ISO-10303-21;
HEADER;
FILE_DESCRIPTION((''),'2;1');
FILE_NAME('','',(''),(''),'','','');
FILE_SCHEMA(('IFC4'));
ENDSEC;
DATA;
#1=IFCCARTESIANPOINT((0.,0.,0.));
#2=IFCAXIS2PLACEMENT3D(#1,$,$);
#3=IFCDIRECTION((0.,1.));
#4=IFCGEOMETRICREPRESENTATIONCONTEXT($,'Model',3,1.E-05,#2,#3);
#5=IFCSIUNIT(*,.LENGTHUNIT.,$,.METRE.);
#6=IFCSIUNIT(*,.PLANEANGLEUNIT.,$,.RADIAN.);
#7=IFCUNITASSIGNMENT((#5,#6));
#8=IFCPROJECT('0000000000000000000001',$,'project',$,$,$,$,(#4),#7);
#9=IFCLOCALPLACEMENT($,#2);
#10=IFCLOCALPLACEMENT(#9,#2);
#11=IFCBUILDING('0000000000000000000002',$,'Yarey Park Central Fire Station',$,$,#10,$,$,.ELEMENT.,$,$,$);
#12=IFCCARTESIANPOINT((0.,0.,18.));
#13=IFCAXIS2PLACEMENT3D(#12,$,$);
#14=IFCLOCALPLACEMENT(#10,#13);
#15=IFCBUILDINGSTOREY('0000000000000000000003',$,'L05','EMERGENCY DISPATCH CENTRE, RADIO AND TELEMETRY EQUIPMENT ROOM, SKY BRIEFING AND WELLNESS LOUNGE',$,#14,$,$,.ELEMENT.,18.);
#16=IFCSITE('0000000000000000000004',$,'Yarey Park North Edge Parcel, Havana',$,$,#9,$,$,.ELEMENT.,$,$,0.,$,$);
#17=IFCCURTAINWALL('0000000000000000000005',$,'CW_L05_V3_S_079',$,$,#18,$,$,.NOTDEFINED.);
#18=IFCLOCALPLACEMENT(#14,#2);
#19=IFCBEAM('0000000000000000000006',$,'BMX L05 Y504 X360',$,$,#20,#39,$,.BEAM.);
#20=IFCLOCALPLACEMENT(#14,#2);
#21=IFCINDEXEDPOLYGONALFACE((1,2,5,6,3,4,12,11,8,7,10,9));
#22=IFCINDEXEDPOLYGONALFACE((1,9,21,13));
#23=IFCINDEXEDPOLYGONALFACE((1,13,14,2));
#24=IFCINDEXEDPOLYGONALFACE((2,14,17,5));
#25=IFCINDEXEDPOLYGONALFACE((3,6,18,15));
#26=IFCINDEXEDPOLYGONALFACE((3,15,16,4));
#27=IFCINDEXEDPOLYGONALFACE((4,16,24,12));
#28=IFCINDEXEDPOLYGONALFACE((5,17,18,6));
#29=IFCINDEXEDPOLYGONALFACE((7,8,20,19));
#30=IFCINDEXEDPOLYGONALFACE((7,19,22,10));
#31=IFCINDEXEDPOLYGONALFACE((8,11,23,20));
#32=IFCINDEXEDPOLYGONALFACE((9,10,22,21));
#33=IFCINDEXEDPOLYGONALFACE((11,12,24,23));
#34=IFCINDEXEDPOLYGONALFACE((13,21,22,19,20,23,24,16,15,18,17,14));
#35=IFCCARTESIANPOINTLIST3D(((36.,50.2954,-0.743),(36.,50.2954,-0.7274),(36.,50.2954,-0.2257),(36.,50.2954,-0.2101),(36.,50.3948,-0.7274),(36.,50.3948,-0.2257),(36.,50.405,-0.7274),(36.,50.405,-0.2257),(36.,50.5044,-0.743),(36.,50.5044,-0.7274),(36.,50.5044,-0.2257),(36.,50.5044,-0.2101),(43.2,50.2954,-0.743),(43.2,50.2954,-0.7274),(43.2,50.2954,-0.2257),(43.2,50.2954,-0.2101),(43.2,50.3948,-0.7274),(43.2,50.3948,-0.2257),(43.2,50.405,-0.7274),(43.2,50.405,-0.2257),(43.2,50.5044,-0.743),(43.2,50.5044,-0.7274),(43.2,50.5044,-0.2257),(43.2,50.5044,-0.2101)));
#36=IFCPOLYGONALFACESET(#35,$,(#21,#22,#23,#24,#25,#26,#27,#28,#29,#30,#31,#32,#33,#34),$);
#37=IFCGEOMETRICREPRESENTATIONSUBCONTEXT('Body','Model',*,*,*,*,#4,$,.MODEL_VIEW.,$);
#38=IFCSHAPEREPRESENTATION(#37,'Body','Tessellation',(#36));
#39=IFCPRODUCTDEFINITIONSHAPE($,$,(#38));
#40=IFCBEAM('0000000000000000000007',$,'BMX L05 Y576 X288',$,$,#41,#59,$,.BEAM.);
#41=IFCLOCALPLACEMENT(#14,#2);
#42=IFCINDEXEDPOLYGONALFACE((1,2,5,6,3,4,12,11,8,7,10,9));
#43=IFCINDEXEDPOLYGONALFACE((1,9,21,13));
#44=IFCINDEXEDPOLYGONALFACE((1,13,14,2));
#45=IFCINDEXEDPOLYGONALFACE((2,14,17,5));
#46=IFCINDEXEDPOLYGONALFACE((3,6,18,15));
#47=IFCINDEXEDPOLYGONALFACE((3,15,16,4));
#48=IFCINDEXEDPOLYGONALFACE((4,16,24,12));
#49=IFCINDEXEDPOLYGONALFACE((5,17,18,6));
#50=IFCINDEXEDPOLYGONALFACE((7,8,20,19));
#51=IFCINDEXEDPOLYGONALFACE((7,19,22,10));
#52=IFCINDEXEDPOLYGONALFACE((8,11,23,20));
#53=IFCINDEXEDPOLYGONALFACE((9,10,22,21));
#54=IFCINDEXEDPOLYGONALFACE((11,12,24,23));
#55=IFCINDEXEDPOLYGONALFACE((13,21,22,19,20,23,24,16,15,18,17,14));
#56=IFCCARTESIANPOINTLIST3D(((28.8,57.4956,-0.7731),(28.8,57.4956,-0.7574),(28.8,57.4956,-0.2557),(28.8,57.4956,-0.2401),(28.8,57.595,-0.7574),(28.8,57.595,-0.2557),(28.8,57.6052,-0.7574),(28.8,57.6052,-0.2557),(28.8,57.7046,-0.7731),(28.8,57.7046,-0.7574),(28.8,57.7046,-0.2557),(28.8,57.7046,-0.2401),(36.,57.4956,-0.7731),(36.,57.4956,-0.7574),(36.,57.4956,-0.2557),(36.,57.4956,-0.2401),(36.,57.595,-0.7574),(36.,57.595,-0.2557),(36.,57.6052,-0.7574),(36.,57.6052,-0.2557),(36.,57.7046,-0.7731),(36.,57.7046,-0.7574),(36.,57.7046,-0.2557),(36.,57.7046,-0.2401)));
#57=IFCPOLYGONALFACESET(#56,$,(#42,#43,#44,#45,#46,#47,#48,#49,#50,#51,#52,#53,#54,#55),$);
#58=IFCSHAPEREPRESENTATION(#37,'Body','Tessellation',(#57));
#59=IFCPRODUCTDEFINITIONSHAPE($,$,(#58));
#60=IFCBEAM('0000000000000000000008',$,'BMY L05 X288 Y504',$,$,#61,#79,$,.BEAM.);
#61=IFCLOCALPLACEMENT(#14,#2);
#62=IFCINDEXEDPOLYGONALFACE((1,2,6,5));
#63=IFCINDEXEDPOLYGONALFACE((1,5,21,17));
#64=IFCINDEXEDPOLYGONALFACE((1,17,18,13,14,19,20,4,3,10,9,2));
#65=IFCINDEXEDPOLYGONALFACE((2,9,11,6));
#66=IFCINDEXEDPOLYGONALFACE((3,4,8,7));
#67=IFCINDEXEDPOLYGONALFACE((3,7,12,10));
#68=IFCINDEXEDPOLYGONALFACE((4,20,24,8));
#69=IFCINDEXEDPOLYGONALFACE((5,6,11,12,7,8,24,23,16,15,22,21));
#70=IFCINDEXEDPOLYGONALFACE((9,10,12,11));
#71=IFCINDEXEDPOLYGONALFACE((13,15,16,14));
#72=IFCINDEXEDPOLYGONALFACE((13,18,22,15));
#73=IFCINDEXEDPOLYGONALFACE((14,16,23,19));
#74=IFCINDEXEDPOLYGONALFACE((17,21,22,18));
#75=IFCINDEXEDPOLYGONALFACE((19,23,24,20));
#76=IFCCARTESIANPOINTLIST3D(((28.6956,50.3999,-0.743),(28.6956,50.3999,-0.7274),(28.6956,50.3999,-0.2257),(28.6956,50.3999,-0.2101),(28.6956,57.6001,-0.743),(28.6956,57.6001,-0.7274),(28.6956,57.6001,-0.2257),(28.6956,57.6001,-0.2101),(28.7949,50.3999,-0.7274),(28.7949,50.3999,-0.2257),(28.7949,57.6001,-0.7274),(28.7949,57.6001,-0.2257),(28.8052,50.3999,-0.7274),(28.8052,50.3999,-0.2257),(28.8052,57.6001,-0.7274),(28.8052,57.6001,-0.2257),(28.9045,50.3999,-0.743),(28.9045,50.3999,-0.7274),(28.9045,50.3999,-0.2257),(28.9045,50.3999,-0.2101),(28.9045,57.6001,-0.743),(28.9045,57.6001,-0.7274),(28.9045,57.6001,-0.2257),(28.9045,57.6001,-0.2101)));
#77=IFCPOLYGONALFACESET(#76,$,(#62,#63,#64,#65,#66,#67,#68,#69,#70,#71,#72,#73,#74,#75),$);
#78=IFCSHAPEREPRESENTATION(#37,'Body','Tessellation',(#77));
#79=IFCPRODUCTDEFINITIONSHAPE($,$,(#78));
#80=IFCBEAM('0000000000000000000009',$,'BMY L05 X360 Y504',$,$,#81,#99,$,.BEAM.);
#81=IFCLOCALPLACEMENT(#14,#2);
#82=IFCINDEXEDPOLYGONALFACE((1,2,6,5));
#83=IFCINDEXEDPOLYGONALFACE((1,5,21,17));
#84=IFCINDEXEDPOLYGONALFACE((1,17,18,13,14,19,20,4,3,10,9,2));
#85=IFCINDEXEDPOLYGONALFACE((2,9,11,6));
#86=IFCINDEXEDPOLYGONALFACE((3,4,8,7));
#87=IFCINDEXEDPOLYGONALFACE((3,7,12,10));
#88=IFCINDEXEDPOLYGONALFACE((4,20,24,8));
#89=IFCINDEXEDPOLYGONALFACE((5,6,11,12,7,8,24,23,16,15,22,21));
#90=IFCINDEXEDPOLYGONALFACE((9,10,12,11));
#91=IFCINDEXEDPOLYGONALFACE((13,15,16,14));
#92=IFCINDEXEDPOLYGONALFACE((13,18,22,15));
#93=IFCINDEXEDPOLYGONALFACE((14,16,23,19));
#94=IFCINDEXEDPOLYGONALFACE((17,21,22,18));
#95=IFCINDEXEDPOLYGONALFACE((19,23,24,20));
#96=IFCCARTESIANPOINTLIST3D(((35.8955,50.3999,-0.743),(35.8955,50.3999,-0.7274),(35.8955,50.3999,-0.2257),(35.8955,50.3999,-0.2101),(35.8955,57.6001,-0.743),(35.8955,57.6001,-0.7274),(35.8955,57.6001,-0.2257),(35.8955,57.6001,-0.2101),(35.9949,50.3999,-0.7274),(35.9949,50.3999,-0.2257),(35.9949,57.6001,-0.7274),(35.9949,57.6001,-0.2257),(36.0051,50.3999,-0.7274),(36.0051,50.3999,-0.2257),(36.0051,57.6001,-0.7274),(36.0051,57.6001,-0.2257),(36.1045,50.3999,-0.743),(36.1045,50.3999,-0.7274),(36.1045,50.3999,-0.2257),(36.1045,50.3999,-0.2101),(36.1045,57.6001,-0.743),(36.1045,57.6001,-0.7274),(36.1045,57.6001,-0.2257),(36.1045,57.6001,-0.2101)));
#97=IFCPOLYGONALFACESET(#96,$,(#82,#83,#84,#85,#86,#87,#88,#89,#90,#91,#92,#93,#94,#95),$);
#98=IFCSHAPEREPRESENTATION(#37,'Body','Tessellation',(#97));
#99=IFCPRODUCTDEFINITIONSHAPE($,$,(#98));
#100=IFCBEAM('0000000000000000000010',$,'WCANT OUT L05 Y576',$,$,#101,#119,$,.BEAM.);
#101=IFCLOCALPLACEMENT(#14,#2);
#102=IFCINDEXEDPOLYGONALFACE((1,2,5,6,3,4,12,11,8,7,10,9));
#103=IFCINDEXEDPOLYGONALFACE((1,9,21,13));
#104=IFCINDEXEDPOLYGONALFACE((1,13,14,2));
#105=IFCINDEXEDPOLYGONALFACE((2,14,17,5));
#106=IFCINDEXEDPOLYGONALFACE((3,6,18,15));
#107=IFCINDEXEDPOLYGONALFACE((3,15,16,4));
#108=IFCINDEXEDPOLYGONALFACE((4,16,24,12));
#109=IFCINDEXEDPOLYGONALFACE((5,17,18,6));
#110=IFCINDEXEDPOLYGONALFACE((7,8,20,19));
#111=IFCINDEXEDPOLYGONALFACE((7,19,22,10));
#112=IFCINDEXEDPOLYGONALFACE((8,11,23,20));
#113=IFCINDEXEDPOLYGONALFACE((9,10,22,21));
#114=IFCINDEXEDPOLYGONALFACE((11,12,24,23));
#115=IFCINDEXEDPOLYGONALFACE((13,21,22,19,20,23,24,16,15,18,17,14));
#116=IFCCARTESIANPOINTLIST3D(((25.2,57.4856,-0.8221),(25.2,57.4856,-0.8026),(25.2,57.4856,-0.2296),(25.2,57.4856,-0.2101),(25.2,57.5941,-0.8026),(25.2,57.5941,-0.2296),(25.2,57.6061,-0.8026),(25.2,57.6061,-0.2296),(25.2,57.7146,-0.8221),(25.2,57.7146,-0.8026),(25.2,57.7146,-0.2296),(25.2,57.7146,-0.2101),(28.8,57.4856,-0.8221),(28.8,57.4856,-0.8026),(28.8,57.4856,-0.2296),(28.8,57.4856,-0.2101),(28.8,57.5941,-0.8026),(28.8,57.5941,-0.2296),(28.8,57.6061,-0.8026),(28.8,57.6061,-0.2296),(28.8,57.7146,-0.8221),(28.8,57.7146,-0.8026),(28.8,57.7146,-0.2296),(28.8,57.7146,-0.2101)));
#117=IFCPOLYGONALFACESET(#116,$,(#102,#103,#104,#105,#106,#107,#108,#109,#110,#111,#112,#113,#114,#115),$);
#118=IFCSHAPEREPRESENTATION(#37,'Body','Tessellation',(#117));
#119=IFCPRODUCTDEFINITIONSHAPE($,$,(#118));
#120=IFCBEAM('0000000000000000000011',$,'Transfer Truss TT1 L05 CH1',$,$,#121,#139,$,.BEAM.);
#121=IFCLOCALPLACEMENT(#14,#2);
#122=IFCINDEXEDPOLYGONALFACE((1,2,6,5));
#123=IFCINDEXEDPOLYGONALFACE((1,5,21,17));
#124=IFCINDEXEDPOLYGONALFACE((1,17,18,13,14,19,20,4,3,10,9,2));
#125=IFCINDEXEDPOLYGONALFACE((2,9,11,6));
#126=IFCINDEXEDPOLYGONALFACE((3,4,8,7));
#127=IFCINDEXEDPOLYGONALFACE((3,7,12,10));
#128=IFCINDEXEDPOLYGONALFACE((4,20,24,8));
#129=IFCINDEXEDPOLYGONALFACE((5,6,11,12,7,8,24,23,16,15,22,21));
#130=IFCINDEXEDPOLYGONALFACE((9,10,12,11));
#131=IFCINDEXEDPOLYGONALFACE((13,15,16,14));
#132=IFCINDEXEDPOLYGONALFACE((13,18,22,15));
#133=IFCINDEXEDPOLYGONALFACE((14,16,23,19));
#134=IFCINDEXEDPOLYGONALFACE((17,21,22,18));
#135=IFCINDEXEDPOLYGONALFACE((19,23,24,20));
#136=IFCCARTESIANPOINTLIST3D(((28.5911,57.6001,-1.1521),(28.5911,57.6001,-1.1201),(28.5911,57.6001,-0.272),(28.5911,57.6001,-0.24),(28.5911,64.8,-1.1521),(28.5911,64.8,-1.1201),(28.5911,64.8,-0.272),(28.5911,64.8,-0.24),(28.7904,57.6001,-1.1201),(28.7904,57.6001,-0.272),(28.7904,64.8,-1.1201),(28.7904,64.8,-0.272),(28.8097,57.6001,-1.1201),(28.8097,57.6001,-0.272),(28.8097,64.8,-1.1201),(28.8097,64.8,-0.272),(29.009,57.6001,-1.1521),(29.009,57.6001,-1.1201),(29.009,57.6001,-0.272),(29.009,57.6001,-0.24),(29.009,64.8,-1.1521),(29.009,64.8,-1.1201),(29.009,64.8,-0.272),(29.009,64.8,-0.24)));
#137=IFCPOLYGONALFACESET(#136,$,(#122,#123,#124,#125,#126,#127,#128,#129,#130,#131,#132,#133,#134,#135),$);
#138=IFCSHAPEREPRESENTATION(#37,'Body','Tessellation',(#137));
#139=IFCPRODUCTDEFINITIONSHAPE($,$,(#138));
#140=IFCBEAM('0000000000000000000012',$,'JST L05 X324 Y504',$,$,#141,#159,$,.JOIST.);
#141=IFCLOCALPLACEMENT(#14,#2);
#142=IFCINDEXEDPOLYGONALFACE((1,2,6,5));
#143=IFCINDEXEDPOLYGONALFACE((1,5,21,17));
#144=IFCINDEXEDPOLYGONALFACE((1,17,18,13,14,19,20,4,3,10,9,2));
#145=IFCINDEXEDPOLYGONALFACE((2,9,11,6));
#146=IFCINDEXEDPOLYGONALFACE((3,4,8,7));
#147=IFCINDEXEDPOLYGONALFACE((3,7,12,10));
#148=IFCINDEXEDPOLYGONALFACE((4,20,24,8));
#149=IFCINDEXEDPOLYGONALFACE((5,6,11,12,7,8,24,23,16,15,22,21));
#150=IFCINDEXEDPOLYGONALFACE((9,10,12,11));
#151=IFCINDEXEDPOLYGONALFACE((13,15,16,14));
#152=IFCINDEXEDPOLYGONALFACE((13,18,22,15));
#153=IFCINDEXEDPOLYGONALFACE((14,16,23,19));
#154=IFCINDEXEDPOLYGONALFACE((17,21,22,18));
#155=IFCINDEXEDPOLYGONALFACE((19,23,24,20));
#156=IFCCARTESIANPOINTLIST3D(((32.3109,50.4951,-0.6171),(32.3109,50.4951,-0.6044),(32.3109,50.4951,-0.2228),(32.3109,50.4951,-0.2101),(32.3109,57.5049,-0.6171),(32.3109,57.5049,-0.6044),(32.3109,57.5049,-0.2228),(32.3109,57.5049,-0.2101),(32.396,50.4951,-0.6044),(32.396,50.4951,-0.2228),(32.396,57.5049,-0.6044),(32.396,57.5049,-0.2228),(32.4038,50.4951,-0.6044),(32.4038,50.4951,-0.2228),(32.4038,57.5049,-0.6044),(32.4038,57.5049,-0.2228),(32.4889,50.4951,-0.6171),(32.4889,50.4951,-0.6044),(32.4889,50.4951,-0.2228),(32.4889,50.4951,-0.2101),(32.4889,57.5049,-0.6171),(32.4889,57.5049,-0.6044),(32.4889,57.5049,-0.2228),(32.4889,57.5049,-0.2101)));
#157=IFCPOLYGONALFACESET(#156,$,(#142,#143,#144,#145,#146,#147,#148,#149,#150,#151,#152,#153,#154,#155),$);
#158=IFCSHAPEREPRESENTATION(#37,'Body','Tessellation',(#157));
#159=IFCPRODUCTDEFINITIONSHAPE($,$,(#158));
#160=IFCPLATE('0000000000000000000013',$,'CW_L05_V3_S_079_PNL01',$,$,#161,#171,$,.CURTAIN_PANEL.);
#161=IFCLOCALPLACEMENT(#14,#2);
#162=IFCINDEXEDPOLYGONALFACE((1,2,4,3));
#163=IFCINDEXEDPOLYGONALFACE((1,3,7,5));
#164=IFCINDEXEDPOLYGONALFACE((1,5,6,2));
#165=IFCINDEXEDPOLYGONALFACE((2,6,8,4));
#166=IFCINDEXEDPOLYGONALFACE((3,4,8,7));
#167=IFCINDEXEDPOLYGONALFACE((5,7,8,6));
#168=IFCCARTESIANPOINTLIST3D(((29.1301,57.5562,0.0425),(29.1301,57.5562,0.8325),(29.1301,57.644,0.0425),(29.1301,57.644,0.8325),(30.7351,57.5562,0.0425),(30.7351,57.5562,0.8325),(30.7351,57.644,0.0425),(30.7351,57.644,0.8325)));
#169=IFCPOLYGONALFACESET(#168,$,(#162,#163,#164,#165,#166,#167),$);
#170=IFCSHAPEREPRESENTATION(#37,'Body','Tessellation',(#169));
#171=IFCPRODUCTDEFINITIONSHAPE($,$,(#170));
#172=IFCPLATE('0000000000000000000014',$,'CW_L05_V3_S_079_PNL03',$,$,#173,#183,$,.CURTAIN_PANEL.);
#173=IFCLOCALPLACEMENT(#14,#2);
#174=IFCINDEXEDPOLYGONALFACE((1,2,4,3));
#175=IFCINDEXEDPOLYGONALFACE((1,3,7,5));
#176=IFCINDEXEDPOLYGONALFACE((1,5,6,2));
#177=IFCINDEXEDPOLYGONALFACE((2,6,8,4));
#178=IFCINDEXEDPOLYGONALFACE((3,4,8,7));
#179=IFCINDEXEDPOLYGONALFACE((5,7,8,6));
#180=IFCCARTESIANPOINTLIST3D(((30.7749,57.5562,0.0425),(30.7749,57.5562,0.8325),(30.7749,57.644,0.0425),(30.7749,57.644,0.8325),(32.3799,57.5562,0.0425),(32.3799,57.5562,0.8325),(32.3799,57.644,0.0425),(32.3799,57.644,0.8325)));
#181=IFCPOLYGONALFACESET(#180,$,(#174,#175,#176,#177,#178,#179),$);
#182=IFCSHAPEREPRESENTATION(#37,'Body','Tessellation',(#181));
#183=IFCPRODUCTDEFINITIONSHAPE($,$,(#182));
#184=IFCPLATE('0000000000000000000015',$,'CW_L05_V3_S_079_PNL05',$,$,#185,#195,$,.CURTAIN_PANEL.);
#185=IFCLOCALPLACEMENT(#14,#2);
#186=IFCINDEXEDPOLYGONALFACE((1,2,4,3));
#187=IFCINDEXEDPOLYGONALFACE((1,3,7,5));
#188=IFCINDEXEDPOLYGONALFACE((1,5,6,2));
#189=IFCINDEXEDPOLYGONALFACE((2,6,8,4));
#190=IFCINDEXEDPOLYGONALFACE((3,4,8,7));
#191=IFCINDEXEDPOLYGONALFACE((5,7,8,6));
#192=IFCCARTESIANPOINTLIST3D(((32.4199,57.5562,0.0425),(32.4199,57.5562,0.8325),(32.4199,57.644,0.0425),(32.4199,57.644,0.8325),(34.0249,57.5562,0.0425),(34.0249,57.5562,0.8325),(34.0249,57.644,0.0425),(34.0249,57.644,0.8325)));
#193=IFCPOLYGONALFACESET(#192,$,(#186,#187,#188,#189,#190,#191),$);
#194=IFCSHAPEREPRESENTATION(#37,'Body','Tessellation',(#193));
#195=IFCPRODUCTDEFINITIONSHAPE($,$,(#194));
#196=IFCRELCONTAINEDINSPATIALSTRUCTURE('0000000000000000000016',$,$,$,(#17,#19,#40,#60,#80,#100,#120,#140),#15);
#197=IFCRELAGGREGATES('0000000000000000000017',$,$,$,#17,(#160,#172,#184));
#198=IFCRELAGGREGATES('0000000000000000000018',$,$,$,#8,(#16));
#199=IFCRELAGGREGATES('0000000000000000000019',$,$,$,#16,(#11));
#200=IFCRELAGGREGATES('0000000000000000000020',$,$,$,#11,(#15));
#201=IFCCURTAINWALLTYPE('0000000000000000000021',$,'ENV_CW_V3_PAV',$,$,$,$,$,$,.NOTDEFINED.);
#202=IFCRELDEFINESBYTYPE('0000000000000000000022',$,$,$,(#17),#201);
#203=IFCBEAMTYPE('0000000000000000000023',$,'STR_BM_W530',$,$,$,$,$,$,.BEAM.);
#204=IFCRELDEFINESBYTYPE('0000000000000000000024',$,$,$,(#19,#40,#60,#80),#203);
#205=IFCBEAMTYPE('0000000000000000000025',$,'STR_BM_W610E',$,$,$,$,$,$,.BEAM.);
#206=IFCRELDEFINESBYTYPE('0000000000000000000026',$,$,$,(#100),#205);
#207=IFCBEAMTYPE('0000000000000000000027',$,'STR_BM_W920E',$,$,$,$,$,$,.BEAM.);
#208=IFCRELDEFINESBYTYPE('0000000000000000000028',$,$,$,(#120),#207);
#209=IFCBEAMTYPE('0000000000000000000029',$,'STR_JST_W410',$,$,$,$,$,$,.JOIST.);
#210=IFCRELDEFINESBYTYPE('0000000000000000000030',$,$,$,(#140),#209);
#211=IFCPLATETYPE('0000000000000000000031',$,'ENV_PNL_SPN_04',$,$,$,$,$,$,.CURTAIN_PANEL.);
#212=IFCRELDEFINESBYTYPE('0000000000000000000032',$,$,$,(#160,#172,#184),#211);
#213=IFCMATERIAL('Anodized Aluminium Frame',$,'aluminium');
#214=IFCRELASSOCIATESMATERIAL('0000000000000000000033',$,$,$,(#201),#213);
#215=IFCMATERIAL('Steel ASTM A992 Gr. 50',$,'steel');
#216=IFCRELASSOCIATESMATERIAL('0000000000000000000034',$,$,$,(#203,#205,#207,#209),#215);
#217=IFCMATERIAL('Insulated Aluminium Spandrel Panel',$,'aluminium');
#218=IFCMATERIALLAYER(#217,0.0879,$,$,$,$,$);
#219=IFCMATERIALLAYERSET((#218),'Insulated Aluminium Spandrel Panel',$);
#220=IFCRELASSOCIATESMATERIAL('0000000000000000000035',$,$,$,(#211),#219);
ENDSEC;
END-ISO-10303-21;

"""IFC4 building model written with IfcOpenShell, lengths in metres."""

from ifc_helpers import new_model, si_unit, direction, frame, origin, origin_2d, place, context, subcontext, project, spatial, rectangle, i_section, extrude, material, layer, layer_set, material_profile, profile_set, type_object, element, aggregate, save


model = new_model("IFC4")

# Units and contexts
model_context = context("Model", 3, precision=1e-05, world=origin(), true_north=direction((0.0, 1.0)))
body_context = subcontext(model_context, "Body", "Model", "MODEL_VIEW")
ifc_project = project(units=[si_unit("LENGTHUNIT", "METRE"), si_unit("PLANEANGLEUNIT", "RADIAN")], contexts=[model_context])

# Site, building, storey
site_placement = place(None, origin())
site = spatial("IfcSite", under=ifc_project, at=site_placement, Name="Yarey Park North Edge Parcel, Havana", CompositionType="ELEMENT", RefElevation=0.0)
building_placement = place(site_placement, origin())
building = spatial("IfcBuilding", under=site, at=building_placement, Name="Yarey Park Central Fire Station", CompositionType="ELEMENT")
storey_placement = place(building_placement, frame((0.0, 0.0, 18.0)))
storey = spatial("IfcBuildingStorey", under=building, at=storey_placement, Name="L05", Description="EMERGENCY DISPATCH CENTRE, RADIO AND TELEMETRY EQUIPMENT ROOM, SKY BRIEFING AND WELLNESS LOUNGE", CompositionType="ELEMENT", Elevation=18.0)

# Shared definitions
ifc_material_1 = material(Name="Steel ASTM A992 Gr. 50", Category="steel")

# Curtain wall
ifc_material_2 = material(Name="Anodized Aluminium Frame", Category="aluminium")
curtain_wall_type = type_object("IfcCurtainWallType", Name="ENV_CW_V3_PAV", PredefinedType="NOTDEFINED", material=ifc_material_2)
curtain_wall_placement = place(storey_placement, origin())
curtain_wall = element("IfcCurtainWall", 1, at=curtain_wall_placement, inside=storey, type_object=curtain_wall_type, Name="CW_L05_V3_S_079", PredefinedType="NOTDEFINED")

# Beams
ifc_material_profile_1 = material_profile(ifc_material_1, i_section(OverallWidth=0.209, OverallDepth=0.533, WebThickness=0.0103, FlangeThickness=0.0156, at=origin_2d()), Name="W530x92")
ifc_profile_set_1 = profile_set([ifc_material_profile_1], Name="Steel ASTM A992 Gr. 50")
beam_type_1 = type_object("IfcBeamType", Name="STR_BM_W530", PredefinedType="BEAM", material=ifc_profile_set_1)
for number, where, z_axis, x_axis, name in (
    (2, (36.0, 50.3999, -0.4766), (1.0, 0.0, 0.0), (0.0, 1.0, 0.0), "BMX L05 Y504 X360"),
    (3, (28.8, 57.6001, -0.5066), (1.0, 0.0, 0.0), (0.0, 1.0, 0.0), "BMX L05 Y576 X288"),
):
    element("IfcBeam", number, at=place(storey_placement, frame(where, z_axis=z_axis, x_axis=x_axis)), inside=storey, type_object=beam_type_1, Name=name, PredefinedType="BEAM", context=body_context, shape_type="SweptSolid", body=[
        extrude(i_section(OverallWidth=0.209, OverallDepth=0.533, WebThickness=0.0103, FlangeThickness=0.0156, at=origin_2d()), origin(), (0.0, 0.0, 1.0), 7.2),
    ])
for number, where, z_axis, x_axis, name in (
    (4, (28.8, 50.3999, -0.4766), (0.0, 1.0, 0.0), (-1.0, 0.0, 0.0), "BMY L05 X288 Y504"),
    (5, (36.0, 50.3999, -0.4766), (0.0, 1.0, 0.0), (-1.0, 0.0, 0.0), "BMY L05 X360 Y504"),
):
    element("IfcBeam", number, at=place(storey_placement, frame(where, z_axis=z_axis, x_axis=x_axis)), inside=storey, type_object=beam_type_1, Name=name, PredefinedType="BEAM", context=body_context, shape_type="SweptSolid", body=[
        extrude(i_section(OverallWidth=0.209, OverallDepth=0.533, WebThickness=0.0103, FlangeThickness=0.0156, at=origin_2d()), origin(), (0.0, 0.0, 1.0), 7.2002),
    ])
ifc_material_profile_2 = material_profile(ifc_material_1, i_section(OverallWidth=0.229, OverallDepth=0.6121, WebThickness=0.012, FlangeThickness=0.0195, at=origin_2d()), Name="W610x125")
ifc_profile_set_2 = profile_set([ifc_material_profile_2], Name="Steel ASTM A992 Gr. 50")
beam_type_2 = type_object("IfcBeamType", Name="STR_BM_W610E", PredefinedType="BEAM", material=ifc_profile_set_2)
beam_1_placement = place(storey_placement, frame((25.2, 57.6001, -0.5161), z_axis=(1.0, 0.0, 0.0), x_axis=(0.0, 1.0, 0.0)))
element("IfcBeam", 6, at=beam_1_placement, inside=storey, type_object=beam_type_2, Name="WCANT OUT L05 Y576", PredefinedType="BEAM", context=body_context, shape_type="SweptSolid", body=[
    extrude(i_section(OverallWidth=0.229, OverallDepth=0.6121, WebThickness=0.012, FlangeThickness=0.0195, at=origin_2d()), origin(), (0.0, 0.0, 1.0), 3.6001),
])
ifc_material_profile_3 = material_profile(ifc_material_1, i_section(OverallWidth=0.418, OverallDepth=0.9121, WebThickness=0.0193, FlangeThickness=0.032, at=origin_2d()), Name="W920x342")
ifc_profile_set_3 = profile_set([ifc_material_profile_3], Name="Steel ASTM A992 Gr. 50")
beam_type_3 = type_object("IfcBeamType", Name="STR_BM_W920E", PredefinedType="BEAM", material=ifc_profile_set_3)
beam_2_placement = place(storey_placement, frame((28.8, 57.6001, -0.696), z_axis=(0.0, 1.0, 0.0), x_axis=(-1.0, 0.0, 0.0)))
element("IfcBeam", 7, at=beam_2_placement, inside=storey, type_object=beam_type_3, Name="Transfer Truss TT1 L05 CH1", PredefinedType="BEAM", context=body_context, shape_type="SweptSolid", body=[
    extrude(i_section(OverallWidth=0.418, OverallDepth=0.9121, WebThickness=0.0193, FlangeThickness=0.032, at=origin_2d()), origin(), (0.0, 0.0, 1.0), 7.2),
])
ifc_material_profile_4 = material_profile(ifc_material_1, i_section(OverallWidth=0.178, OverallDepth=0.407, WebThickness=0.0078, FlangeThickness=0.0127, at=origin_2d()), Name="W410x60")
ifc_profile_set_4 = profile_set([ifc_material_profile_4], Name="Steel ASTM A992 Gr. 50")
beam_type_4 = type_object("IfcBeamType", Name="STR_JST_W410", PredefinedType="JOIST", material=ifc_profile_set_4)
beam_3_placement = place(storey_placement, frame((32.3999, 50.4951, -0.4136), z_axis=(0.0, 1.0, 0.0), x_axis=(-1.0, 0.0, 0.0)))
element("IfcBeam", 8, at=beam_3_placement, inside=storey, type_object=beam_type_4, Name="JST L05 X324 Y504", PredefinedType="JOIST", context=body_context, shape_type="SweptSolid", body=[
    extrude(i_section(OverallWidth=0.178, OverallDepth=0.407, WebThickness=0.0078, FlangeThickness=0.0127, at=origin_2d()), origin(), (0.0, 0.0, 1.0), 7.0098),
])

# Plates
ifc_material_3 = material(Name="Insulated Aluminium Spandrel Panel", Category="aluminium")
ifc_layer_1 = layer(ifc_material_3, 0.0879)
ifc_layer_set_1 = layer_set([ifc_layer_1], Name="Insulated Aluminium Spandrel Panel")
plate_type_1 = type_object("IfcPlateType", Name="ENV_PNL_SPN_04", PredefinedType="CURTAIN_PANEL", material=ifc_layer_set_1)
plate_1_placement = place(storey_placement, frame((29.9326, 57.6001, 0.0425), z_axis=(0.0, 0.0, 1.0), x_axis=(1.0, 0.0, 0.0)))
plate_1 = element("IfcPlate", 9, at=plate_1_placement, type_object=plate_type_1, Name="CW_L05_V3_S_079_PNL01", PredefinedType="CURTAIN_PANEL", context=body_context, shape_type="SweptSolid", body=[
    extrude(rectangle(XDim=1.605, YDim=0.0879, at=origin_2d()), origin(), (0.0, 0.0, 1.0), 0.79),
])
plate_2_placement = place(storey_placement, frame((31.5774, 57.6001, 0.0425), z_axis=(0.0, 0.0, 1.0), x_axis=(1.0, 0.0, 0.0)))
plate_2 = element("IfcPlate", 10, at=plate_2_placement, type_object=plate_type_1, Name="CW_L05_V3_S_079_PNL03", PredefinedType="CURTAIN_PANEL", context=body_context, shape_type="SweptSolid", body=[
    extrude(rectangle(XDim=1.605, YDim=0.0879, at=origin_2d()), origin(), (0.0, 0.0, 1.0), 0.79),
])
plate_3_placement = place(storey_placement, frame((33.2224, 57.6001, 0.0425), z_axis=(0.0, 0.0, 1.0), x_axis=(1.0, 0.0, 0.0)))
plate_3 = element("IfcPlate", 11, at=plate_3_placement, type_object=plate_type_1, Name="CW_L05_V3_S_079_PNL05", PredefinedType="CURTAIN_PANEL", context=body_context, shape_type="SweptSolid", body=[
    extrude(rectangle(XDim=1.605, YDim=0.0879, at=origin_2d()), origin(), (0.0, 0.0, 1.0), 0.79),
])
aggregate(curtain_wall, [plate_1, plate_2, plate_3])

save(model, "model.ifc")
